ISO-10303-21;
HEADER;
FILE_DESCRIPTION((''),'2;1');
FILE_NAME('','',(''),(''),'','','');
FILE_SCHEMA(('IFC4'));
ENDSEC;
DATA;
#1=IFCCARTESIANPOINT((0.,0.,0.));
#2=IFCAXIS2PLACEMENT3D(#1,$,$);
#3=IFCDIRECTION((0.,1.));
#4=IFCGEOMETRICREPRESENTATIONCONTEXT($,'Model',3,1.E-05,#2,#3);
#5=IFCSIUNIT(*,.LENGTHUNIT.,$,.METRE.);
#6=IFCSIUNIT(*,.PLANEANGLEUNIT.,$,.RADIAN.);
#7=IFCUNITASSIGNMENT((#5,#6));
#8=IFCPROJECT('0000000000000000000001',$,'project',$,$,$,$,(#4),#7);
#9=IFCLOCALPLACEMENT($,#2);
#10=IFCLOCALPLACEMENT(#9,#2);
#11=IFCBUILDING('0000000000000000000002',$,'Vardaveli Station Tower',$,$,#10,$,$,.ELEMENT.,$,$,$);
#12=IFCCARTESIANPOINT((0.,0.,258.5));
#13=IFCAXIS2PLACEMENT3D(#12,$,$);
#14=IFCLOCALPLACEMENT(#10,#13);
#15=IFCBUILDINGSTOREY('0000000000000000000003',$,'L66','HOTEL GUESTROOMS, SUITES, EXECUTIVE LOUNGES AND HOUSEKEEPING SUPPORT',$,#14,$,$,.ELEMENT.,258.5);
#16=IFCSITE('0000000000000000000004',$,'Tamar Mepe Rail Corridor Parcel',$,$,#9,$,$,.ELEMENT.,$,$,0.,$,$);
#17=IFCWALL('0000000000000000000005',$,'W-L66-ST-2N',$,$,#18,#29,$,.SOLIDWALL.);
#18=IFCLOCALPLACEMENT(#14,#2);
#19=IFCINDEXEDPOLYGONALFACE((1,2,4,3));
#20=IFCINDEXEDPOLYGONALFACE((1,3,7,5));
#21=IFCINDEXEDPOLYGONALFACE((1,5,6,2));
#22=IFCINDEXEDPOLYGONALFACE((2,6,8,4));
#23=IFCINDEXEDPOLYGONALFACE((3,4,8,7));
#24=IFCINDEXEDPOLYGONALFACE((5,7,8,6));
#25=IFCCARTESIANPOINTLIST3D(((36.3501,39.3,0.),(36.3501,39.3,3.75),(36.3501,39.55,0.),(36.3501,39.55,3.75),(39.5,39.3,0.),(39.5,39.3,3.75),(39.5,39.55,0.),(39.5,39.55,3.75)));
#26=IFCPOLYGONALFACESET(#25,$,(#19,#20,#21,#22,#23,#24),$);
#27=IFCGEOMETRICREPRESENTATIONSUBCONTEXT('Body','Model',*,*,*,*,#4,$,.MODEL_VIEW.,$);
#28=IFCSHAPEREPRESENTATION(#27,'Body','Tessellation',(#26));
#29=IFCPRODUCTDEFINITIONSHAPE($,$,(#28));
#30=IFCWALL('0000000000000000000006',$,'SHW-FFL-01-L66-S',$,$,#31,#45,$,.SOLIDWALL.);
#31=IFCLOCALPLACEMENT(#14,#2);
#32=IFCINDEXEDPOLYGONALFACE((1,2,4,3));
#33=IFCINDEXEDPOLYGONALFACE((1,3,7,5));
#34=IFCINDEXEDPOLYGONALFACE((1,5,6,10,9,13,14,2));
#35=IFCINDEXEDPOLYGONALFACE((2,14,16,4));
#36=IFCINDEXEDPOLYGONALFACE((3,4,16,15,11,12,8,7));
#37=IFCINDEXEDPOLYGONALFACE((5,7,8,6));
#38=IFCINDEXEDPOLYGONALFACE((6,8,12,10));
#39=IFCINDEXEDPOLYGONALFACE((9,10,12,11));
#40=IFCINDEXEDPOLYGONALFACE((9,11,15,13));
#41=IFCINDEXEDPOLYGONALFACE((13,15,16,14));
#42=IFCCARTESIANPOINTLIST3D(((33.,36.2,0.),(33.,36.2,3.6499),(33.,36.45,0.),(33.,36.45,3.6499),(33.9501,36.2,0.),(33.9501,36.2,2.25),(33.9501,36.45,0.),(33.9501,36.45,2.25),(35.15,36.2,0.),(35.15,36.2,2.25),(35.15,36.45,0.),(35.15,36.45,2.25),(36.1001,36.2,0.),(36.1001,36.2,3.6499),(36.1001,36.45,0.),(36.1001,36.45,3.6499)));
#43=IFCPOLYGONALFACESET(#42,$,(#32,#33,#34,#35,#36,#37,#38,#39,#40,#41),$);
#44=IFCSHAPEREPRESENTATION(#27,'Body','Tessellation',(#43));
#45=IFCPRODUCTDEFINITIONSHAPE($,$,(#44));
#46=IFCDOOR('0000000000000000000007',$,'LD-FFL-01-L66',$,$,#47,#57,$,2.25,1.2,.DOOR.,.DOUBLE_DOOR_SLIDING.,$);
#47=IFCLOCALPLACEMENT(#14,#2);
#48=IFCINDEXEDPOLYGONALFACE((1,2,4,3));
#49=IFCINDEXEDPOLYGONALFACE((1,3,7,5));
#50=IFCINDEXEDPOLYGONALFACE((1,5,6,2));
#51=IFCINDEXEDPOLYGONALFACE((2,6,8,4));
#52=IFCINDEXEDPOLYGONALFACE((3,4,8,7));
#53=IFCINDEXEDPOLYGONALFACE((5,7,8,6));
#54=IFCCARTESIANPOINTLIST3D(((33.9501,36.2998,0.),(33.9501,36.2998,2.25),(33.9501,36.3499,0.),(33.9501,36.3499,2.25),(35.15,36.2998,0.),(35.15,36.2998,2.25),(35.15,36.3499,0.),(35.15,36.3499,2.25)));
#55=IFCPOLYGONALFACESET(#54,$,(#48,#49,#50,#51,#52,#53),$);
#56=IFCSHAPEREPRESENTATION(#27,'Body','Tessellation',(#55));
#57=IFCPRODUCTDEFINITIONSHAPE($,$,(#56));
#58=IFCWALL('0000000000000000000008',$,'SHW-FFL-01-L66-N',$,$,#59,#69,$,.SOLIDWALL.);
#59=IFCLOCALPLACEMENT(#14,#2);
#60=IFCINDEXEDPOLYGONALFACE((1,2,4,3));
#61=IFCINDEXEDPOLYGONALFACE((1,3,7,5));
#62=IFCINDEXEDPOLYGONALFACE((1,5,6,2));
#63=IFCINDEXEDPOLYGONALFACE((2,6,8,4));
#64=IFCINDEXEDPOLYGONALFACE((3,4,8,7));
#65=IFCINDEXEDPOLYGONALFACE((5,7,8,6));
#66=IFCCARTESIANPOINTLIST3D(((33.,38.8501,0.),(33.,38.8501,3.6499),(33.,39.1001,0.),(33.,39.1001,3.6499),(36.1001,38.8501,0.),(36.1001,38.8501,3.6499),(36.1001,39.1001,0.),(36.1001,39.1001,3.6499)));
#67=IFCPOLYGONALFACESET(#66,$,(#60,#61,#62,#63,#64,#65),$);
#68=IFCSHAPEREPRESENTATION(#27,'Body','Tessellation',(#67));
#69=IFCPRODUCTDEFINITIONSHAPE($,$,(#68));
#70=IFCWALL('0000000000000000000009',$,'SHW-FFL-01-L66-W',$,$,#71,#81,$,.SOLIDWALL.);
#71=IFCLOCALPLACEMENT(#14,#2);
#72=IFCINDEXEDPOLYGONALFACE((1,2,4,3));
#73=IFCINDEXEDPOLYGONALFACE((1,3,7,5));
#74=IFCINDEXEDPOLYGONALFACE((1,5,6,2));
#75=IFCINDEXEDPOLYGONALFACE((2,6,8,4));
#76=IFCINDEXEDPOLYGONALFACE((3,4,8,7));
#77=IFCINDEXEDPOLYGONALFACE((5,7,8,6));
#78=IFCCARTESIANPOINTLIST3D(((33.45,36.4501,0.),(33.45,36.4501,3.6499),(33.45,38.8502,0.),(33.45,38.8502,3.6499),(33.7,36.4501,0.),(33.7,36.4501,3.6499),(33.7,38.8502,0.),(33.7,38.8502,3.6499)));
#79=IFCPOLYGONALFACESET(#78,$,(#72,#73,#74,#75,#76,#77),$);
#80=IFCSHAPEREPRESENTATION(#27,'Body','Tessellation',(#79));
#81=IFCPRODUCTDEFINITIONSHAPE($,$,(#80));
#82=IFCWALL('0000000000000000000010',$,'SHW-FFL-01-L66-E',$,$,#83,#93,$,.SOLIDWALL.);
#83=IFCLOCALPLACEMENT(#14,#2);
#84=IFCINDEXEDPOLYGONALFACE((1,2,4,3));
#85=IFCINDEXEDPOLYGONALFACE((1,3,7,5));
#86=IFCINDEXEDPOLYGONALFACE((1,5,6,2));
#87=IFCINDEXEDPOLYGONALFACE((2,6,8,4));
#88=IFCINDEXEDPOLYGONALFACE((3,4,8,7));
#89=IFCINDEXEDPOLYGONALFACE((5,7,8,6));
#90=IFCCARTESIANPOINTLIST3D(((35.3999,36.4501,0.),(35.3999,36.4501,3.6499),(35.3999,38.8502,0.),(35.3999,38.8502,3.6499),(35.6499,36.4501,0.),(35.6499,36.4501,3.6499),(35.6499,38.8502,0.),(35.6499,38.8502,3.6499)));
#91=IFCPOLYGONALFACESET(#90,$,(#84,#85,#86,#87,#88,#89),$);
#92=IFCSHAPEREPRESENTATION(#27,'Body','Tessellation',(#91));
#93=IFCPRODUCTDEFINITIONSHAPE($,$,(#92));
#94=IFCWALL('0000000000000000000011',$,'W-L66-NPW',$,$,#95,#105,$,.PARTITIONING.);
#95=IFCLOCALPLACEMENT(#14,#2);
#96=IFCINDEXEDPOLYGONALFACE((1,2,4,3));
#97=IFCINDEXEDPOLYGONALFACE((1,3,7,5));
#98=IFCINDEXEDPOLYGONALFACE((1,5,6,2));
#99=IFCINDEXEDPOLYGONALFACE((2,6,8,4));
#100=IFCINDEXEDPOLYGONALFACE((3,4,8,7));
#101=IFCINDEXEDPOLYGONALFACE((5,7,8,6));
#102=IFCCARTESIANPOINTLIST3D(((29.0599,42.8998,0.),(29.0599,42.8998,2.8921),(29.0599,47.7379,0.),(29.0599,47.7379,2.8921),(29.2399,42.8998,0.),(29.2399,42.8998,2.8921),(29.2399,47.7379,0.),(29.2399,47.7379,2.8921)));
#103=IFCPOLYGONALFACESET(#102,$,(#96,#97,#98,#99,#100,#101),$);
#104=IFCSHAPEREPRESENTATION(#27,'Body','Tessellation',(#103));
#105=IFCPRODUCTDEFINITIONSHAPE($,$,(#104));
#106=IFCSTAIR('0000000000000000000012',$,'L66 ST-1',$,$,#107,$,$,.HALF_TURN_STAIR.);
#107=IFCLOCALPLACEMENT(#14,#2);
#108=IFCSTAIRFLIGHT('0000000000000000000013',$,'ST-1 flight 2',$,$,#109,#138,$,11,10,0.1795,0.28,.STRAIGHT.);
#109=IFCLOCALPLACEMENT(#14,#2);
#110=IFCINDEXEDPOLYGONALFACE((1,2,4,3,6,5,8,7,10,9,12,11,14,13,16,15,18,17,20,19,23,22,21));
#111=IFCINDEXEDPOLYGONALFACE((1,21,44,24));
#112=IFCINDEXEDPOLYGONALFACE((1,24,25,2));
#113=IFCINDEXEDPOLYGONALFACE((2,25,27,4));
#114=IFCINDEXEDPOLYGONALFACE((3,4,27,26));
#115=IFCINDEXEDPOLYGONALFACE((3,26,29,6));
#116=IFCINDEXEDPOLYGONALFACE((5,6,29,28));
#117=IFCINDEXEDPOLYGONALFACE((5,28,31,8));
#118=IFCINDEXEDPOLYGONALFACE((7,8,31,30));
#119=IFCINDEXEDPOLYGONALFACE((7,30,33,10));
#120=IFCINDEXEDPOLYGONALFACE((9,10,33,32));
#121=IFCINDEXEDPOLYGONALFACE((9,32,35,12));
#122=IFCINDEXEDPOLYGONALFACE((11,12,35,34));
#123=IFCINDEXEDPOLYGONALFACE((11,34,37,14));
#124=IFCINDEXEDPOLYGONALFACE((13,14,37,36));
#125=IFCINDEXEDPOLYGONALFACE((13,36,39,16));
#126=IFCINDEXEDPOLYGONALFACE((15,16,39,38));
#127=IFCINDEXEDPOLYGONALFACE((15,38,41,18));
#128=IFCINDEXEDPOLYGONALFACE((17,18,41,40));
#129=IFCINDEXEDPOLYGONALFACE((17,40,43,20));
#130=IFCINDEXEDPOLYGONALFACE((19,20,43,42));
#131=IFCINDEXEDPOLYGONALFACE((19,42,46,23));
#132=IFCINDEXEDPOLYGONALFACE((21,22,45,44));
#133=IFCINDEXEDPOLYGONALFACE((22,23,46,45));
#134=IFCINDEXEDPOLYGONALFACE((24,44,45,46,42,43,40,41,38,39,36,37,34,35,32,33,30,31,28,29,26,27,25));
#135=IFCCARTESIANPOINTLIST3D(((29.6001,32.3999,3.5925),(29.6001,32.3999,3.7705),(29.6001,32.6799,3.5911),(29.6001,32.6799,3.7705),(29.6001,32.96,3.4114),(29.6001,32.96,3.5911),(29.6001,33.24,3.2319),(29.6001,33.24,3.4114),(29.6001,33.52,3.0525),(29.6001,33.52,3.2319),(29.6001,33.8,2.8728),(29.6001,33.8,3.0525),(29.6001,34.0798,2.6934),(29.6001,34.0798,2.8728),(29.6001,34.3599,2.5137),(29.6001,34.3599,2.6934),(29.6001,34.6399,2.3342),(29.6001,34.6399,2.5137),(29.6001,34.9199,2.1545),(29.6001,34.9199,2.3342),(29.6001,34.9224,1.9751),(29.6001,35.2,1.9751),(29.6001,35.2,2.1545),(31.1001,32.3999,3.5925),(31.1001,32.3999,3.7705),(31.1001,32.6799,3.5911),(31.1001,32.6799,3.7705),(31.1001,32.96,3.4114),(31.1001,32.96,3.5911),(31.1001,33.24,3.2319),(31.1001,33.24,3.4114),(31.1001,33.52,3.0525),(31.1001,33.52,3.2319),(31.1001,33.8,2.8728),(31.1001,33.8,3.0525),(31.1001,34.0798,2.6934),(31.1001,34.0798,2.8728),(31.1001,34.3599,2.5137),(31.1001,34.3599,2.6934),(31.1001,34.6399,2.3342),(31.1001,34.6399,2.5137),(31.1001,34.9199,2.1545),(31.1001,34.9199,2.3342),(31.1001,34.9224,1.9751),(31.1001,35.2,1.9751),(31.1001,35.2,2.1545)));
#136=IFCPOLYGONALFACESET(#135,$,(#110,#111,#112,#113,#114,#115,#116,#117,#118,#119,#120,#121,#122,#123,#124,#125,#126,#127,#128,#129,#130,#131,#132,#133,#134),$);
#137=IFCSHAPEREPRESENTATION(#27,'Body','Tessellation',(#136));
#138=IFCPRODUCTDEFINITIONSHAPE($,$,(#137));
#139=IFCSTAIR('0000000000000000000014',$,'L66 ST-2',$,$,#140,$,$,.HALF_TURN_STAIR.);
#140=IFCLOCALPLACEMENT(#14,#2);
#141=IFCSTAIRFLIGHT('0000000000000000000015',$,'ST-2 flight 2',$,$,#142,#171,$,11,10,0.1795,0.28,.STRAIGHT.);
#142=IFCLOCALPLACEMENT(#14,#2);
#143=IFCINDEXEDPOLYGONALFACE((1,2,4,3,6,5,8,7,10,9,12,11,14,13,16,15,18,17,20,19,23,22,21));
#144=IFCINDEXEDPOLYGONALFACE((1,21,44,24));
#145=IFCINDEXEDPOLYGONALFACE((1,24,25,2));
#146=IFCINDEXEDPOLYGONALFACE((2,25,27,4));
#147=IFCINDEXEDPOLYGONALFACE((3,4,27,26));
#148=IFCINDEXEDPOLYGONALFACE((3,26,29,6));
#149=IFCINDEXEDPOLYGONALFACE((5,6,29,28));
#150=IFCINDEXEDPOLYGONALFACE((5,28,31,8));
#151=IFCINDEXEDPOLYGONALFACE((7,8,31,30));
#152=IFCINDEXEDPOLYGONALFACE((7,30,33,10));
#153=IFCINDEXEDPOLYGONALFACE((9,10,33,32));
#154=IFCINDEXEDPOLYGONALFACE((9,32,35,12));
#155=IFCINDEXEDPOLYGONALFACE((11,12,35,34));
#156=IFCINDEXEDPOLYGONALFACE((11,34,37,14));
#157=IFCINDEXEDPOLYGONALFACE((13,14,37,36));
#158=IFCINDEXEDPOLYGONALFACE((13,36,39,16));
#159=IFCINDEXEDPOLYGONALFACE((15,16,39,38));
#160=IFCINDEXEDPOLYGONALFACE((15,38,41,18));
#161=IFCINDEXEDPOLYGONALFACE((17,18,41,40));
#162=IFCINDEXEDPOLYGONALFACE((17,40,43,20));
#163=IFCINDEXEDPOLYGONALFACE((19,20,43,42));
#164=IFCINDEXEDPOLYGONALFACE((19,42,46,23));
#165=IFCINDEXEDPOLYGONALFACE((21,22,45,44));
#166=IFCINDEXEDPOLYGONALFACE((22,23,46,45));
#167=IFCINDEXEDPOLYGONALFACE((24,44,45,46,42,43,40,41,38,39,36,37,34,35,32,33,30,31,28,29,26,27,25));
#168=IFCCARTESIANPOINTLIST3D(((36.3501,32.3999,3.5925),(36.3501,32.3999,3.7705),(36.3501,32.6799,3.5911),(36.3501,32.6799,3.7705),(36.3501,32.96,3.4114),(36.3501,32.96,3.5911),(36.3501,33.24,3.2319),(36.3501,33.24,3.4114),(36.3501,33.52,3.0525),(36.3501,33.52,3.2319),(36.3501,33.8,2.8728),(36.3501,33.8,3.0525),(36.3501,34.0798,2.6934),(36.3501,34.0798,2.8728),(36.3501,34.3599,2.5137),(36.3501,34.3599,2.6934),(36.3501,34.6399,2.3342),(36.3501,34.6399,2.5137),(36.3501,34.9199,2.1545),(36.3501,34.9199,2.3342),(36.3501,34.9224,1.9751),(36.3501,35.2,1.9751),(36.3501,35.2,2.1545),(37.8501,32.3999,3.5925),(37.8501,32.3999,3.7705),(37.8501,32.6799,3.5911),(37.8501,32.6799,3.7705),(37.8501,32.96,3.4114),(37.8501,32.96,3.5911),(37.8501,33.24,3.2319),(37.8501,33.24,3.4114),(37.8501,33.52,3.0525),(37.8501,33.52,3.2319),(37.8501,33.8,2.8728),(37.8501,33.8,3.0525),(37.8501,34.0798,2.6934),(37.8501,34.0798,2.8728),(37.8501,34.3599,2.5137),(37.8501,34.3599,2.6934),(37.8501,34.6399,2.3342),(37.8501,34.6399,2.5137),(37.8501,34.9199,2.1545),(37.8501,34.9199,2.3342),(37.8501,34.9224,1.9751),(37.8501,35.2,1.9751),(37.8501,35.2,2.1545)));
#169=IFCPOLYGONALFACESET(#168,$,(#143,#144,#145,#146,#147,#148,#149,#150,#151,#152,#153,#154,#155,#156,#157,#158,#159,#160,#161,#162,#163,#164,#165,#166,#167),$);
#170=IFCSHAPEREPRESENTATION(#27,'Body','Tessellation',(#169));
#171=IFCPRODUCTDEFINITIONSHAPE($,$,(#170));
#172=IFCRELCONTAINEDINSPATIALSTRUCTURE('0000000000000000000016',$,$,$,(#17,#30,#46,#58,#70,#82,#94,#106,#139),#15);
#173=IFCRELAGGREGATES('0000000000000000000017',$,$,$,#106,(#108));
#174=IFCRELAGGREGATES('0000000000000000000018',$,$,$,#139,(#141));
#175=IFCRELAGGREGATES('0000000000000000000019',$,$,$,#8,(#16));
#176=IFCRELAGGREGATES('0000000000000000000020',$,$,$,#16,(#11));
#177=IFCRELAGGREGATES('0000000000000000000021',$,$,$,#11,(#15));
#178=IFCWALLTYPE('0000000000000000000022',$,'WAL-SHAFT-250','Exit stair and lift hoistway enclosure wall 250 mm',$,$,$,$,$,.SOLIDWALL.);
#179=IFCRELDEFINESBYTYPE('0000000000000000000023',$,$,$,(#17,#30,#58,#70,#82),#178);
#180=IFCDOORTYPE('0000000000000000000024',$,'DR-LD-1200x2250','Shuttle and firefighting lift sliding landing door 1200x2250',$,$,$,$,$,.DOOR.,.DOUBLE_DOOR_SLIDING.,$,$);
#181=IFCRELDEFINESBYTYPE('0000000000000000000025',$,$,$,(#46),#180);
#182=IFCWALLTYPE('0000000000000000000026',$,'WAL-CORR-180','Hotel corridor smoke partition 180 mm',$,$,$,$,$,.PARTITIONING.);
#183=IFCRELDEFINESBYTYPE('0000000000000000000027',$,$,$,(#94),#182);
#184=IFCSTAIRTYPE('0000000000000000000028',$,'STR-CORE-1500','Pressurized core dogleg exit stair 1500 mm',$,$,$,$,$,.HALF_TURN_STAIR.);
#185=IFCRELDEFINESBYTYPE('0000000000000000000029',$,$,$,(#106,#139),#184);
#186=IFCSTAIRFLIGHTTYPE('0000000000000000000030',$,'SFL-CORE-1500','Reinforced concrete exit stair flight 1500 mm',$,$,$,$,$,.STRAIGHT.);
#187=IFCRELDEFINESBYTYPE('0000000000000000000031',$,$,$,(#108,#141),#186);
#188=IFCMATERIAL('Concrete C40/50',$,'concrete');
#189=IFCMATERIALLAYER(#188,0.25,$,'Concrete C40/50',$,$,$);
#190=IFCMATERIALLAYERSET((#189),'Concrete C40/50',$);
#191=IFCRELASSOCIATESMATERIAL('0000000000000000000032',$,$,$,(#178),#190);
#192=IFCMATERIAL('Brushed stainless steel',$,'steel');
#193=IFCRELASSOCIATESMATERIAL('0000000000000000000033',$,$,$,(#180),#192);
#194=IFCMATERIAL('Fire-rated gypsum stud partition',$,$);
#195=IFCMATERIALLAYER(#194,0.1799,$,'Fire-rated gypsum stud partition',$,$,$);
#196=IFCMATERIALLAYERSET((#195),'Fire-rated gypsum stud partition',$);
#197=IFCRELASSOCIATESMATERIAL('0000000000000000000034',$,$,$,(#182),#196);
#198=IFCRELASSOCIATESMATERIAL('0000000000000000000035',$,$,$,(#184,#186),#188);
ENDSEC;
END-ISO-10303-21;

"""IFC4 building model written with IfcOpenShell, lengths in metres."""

from ifc_helpers import new_model, si_unit, direction, frame, frame_2d, origin, place, context, subcontext, project, spatial, polyline, rectangle, outline, extrude, source, transform, mapped, material, layer, layer_set, type_object, element, fill, aggregate, save


model = new_model("IFC4")

# Units and contexts
model_context = context("Model", 3, precision=1e-05, world=origin(), true_north=direction((0.0, 1.0)))
body_context = subcontext(model_context, "Body", "Model", "MODEL_VIEW")
ifc_project = project(units=[si_unit("LENGTHUNIT", "METRE"), si_unit("PLANEANGLEUNIT", "RADIAN")], contexts=[model_context])

# Site, building, storey
site_placement = place(None, origin())
site = spatial("IfcSite", under=ifc_project, at=site_placement, Name="Tamar Mepe Rail Corridor Parcel", CompositionType="ELEMENT", RefElevation=0.0)
building_placement = place(site_placement, origin())
building = spatial("IfcBuilding", under=site, at=building_placement, Name="Vardaveli Station Tower", CompositionType="ELEMENT")
storey_placement = place(building_placement, frame((0.0, 0.0, 258.5)))
storey = spatial("IfcBuildingStorey", under=building, at=storey_placement, Name="L66", Description="HOTEL GUESTROOMS, SUITES, EXECUTIVE LOUNGES AND HOUSEKEEPING SUPPORT", CompositionType="ELEMENT", Elevation=258.5)

# Wall
ifc_material_1 = material(Name="Concrete C40/50", Category="concrete")
ifc_layer_1 = layer(ifc_material_1, 0.25, Name="Concrete C40/50")
ifc_layer_set_1 = layer_set([ifc_layer_1], Name="Concrete C40/50")
wall_type_1 = type_object("IfcWallType", Name="WAL-SHAFT-250", Description="Exit stair and lift hoistway enclosure wall 250 mm", PredefinedType="SOLIDWALL", material=ifc_layer_set_1)
shared_shape_1 = source(origin(), body_context, "Body", "SweptSolid", [
    extrude(rectangle(XDim=3.1499, YDim=0.25, at=frame_2d((1.575, 0.0))), origin(), (0.0, 0.0, 1.0), 3.75),
])
for number, where, z_axis, x_axis, name in (
    (1, (36.3501, 39.425, 0.0), (0.0, 0.0, 1.0), (1.0, 0.0, 0.0), "W-L66-ST-2N"),
):
    element("IfcWall", number, at=place(storey_placement, frame(where, z_axis=z_axis, x_axis=x_axis)), inside=storey, type_object=wall_type_1, Name=name, PredefinedType="SOLIDWALL", context=body_context, shape_type="MappedRepresentation", body=[
        mapped(shared_shape_1, transform((0.0, 0.0, 0.0), scale=1.0)),
    ])

# Wall, opening, door
shared_shape_2 = source(origin(), body_context, "Body", "SweptSolid", [
    extrude(rectangle(XDim=3.1001, YDim=0.25, at=frame_2d((1.55, 0.0))), origin(), (0.0, 0.0, 1.0), 3.6499),
])
wall_1_placement = place(storey_placement, frame((33.0, 36.325, 0.0), z_axis=(0.0, 0.0, 1.0), x_axis=(1.0, 0.0, 0.0)))
wall_1 = element("IfcWall", 2, at=wall_1_placement, inside=storey, type_object=wall_type_1, Name="SHW-FFL-01-L66-S", PredefinedType="SOLIDWALL", context=body_context, shape_type="MappedRepresentation", body=[
    mapped(shared_shape_2, transform((0.0, 0.0, 0.0), scale=1.0)),
])
shared_shape_3 = source(origin(), body_context, "Body", "SweptSolid", [
    extrude(rectangle(XDim=1.2, YDim=2.25, at=frame_2d((0.6001, 1.125))), frame((0.0, 0.135, 0.0), z_axis=(0.0, -1.0, 0.0), x_axis=(1.0, 0.0, 0.0)), (0.0, 0.0, 1.0), 0.27),
])
opening_1_placement = place(wall_1_placement, frame((0.95, 0.0, 0.0)))
opening_1 = element("IfcOpeningElement", 3, at=opening_1_placement, cuts=wall_1, PredefinedType="OPENING", context=body_context, shape_type="MappedRepresentation", body=[
    mapped(shared_shape_3, transform((0.0, 0.0, 0.0), scale=1.0)),
])
ifc_material_2 = material(Name="Brushed stainless steel", Category="steel")
door_type = type_object("IfcDoorType", Name="DR-LD-1200x2250", Description="Shuttle and firefighting lift sliding landing door 1200x2250", OperationType="DOUBLE_DOOR_SLIDING", PredefinedType="DOOR", material=ifc_material_2)
shared_shape_4 = source(origin(), body_context, "Body", "SweptSolid", [
    extrude(rectangle(XDim=1.2, YDim=2.25, at=frame_2d((0.6001, 1.125))), frame((0.0, 0.0249, 0.0), z_axis=(0.0, -1.0, 0.0), x_axis=(1.0, 0.0, 0.0)), (0.0, 0.0, 1.0), 0.05),
])
door_placement = place(opening_1_placement, origin())
door = element("IfcDoor", 4, at=door_placement, inside=storey, type_object=door_type, Name="LD-FFL-01-L66", OperationType="DOUBLE_DOOR_SLIDING", OverallHeight=2.25, OverallWidth=1.2, PredefinedType="DOOR", context=body_context, shape_type="MappedRepresentation", body=[
    mapped(shared_shape_4, transform((0.0, 0.0, 0.0), scale=1.0)),
])
fill(opening_1, door)

# Walls
wall_2_placement = place(storey_placement, frame((33.0, 38.9751, 0.0), z_axis=(0.0, 0.0, 1.0), x_axis=(1.0, 0.0, 0.0)))
element("IfcWall", 5, at=wall_2_placement, inside=storey, type_object=wall_type_1, Name="SHW-FFL-01-L66-N", PredefinedType="SOLIDWALL", context=body_context, shape_type="MappedRepresentation", body=[
    mapped(shared_shape_2, transform((0.0, 0.0, 0.0), scale=1.0)),
])
shared_shape_5 = source(origin(), body_context, "Body", "SweptSolid", [
    extrude(rectangle(XDim=2.4001, YDim=0.25, at=frame_2d((1.2002, 0.0))), origin(), (0.0, 0.0, 1.0), 3.6499),
])
for number, where, z_axis, x_axis, name in (
    (6, (33.575, 36.45, 0.0), (0.0, 0.0, 1.0), (0.0, 1.0, 0.0), "SHW-FFL-01-L66-W"),
    (7, (35.5249, 36.45, 0.0), (0.0, 0.0, 1.0), (0.0, 1.0, 0.0), "SHW-FFL-01-L66-E"),
):
    element("IfcWall", number, at=place(storey_placement, frame(where, z_axis=z_axis, x_axis=x_axis)), inside=storey, type_object=wall_type_1, Name=name, PredefinedType="SOLIDWALL", context=body_context, shape_type="MappedRepresentation", body=[
        mapped(shared_shape_5, transform((0.0, 0.0, 0.0), scale=1.0)),
    ])
ifc_material_3 = material(Name="Fire-rated gypsum stud partition")
ifc_layer_2 = layer(ifc_material_3, 0.1799, Name="Fire-rated gypsum stud partition")
ifc_layer_set_2 = layer_set([ifc_layer_2], Name="Fire-rated gypsum stud partition")
wall_type_2 = type_object("IfcWallType", Name="WAL-CORR-180", Description="Hotel corridor smoke partition 180 mm", PredefinedType="PARTITIONING", material=ifc_layer_set_2)
shared_shape_6 = source(origin(), body_context, "Body", "SweptSolid", [
    extrude(rectangle(XDim=4.8381, YDim=0.1799, at=frame_2d((2.4189, 0.0))), origin(), (0.0, 0.0, 1.0), 2.8921),
])
wall_3_placement = place(storey_placement, frame((29.1499, 42.8999, 0.0), z_axis=(0.0, 0.0, 1.0), x_axis=(0.0, 1.0, 0.0)))
element("IfcWall", 8, at=wall_3_placement, inside=storey, type_object=wall_type_2, Name="W-L66-NPW", PredefinedType="PARTITIONING", context=body_context, shape_type="MappedRepresentation", body=[
    mapped(shared_shape_6, transform((0.0, 0.0, 0.0), scale=1.0)),
])

# Stairs, stair flights
stair_type = type_object("IfcStairType", Name="STR-CORE-1500", Description="Pressurized core dogleg exit stair 1500 mm", PredefinedType="HALF_TURN_STAIR", material=ifc_material_1)
stair_1_placement = place(storey_placement, origin())
stair_1 = element("IfcStair", 9, at=stair_1_placement, inside=storey, type_object=stair_type, Name="L66 ST-1", PredefinedType="HALF_TURN_STAIR")
stair_flight_type = type_object("IfcStairFlightType", Name="SFL-CORE-1500", Description="Reinforced concrete exit stair flight 1500 mm", PredefinedType="STRAIGHT", material=ifc_material_1)
shared_shape_7 = source(origin(), body_context, "Body", "SweptSolid", [
    extrude(outline(polyline([(0.0, 0.0), (0.0, 0.1794), (0.28, 0.1794), (0.28, 0.3591), (0.5601, 0.3591), (0.5601, 0.5386), (0.8401, 0.5386), (0.8401, 0.7183), (1.1201, 0.7183), (1.1201, 0.8977), (1.3999, 0.8977), (1.3999, 1.0774), (1.6799, 1.0774), (1.6799, 1.2568), (1.96, 1.2568), (1.96, 1.4363), (2.24, 1.4363), (2.24, 1.616), (2.52, 1.616), (2.52, 1.7954), (2.8, 1.7954), (2.8, 1.9751), (2.8, 1.6174), (0.2776, 0.0), (0.0, 0.0)])), frame((0.0, 0.75, 0.0), z_axis=(0.0, -1.0, 0.0), x_axis=(1.0, 0.0, 0.0)), (0.0, 0.0, 1.0), 1.5),
])
stair_flight_1_placement = place(storey_placement, frame((30.3501, 35.2, 1.9751), z_axis=(0.0, 0.0, 1.0), x_axis=(0.0, -1.0, 0.0)))
stair_flight_1 = element("IfcStairFlight", 10, at=stair_flight_1_placement, type_object=stair_flight_type, Name="ST-1 flight 2", NumberOfRisers=11, NumberOfTreads=10, PredefinedType="STRAIGHT", RiserHeight=0.1795, TreadLength=0.28, context=body_context, shape_type="MappedRepresentation", body=[
    mapped(shared_shape_7, transform((0.0, 0.0, 0.0), scale=1.0)),
])
aggregate(stair_1, [stair_flight_1])
stair_2_placement = place(storey_placement, origin())
stair_2 = element("IfcStair", 11, at=stair_2_placement, inside=storey, type_object=stair_type, Name="L66 ST-2", PredefinedType="HALF_TURN_STAIR")
stair_flight_2_placement = place(storey_placement, frame((37.1001, 35.2, 1.9751), z_axis=(0.0, 0.0, 1.0), x_axis=(0.0, -1.0, 0.0)))
stair_flight_2 = element("IfcStairFlight", 12, at=stair_flight_2_placement, type_object=stair_flight_type, Name="ST-2 flight 2", NumberOfRisers=11, NumberOfTreads=10, PredefinedType="STRAIGHT", RiserHeight=0.1795, TreadLength=0.28, context=body_context, shape_type="MappedRepresentation", body=[
    mapped(shared_shape_7, transform((0.0, 0.0, 0.0), scale=1.0)),
])
aggregate(stair_2, [stair_flight_2])

save(model, "model.ifc")
